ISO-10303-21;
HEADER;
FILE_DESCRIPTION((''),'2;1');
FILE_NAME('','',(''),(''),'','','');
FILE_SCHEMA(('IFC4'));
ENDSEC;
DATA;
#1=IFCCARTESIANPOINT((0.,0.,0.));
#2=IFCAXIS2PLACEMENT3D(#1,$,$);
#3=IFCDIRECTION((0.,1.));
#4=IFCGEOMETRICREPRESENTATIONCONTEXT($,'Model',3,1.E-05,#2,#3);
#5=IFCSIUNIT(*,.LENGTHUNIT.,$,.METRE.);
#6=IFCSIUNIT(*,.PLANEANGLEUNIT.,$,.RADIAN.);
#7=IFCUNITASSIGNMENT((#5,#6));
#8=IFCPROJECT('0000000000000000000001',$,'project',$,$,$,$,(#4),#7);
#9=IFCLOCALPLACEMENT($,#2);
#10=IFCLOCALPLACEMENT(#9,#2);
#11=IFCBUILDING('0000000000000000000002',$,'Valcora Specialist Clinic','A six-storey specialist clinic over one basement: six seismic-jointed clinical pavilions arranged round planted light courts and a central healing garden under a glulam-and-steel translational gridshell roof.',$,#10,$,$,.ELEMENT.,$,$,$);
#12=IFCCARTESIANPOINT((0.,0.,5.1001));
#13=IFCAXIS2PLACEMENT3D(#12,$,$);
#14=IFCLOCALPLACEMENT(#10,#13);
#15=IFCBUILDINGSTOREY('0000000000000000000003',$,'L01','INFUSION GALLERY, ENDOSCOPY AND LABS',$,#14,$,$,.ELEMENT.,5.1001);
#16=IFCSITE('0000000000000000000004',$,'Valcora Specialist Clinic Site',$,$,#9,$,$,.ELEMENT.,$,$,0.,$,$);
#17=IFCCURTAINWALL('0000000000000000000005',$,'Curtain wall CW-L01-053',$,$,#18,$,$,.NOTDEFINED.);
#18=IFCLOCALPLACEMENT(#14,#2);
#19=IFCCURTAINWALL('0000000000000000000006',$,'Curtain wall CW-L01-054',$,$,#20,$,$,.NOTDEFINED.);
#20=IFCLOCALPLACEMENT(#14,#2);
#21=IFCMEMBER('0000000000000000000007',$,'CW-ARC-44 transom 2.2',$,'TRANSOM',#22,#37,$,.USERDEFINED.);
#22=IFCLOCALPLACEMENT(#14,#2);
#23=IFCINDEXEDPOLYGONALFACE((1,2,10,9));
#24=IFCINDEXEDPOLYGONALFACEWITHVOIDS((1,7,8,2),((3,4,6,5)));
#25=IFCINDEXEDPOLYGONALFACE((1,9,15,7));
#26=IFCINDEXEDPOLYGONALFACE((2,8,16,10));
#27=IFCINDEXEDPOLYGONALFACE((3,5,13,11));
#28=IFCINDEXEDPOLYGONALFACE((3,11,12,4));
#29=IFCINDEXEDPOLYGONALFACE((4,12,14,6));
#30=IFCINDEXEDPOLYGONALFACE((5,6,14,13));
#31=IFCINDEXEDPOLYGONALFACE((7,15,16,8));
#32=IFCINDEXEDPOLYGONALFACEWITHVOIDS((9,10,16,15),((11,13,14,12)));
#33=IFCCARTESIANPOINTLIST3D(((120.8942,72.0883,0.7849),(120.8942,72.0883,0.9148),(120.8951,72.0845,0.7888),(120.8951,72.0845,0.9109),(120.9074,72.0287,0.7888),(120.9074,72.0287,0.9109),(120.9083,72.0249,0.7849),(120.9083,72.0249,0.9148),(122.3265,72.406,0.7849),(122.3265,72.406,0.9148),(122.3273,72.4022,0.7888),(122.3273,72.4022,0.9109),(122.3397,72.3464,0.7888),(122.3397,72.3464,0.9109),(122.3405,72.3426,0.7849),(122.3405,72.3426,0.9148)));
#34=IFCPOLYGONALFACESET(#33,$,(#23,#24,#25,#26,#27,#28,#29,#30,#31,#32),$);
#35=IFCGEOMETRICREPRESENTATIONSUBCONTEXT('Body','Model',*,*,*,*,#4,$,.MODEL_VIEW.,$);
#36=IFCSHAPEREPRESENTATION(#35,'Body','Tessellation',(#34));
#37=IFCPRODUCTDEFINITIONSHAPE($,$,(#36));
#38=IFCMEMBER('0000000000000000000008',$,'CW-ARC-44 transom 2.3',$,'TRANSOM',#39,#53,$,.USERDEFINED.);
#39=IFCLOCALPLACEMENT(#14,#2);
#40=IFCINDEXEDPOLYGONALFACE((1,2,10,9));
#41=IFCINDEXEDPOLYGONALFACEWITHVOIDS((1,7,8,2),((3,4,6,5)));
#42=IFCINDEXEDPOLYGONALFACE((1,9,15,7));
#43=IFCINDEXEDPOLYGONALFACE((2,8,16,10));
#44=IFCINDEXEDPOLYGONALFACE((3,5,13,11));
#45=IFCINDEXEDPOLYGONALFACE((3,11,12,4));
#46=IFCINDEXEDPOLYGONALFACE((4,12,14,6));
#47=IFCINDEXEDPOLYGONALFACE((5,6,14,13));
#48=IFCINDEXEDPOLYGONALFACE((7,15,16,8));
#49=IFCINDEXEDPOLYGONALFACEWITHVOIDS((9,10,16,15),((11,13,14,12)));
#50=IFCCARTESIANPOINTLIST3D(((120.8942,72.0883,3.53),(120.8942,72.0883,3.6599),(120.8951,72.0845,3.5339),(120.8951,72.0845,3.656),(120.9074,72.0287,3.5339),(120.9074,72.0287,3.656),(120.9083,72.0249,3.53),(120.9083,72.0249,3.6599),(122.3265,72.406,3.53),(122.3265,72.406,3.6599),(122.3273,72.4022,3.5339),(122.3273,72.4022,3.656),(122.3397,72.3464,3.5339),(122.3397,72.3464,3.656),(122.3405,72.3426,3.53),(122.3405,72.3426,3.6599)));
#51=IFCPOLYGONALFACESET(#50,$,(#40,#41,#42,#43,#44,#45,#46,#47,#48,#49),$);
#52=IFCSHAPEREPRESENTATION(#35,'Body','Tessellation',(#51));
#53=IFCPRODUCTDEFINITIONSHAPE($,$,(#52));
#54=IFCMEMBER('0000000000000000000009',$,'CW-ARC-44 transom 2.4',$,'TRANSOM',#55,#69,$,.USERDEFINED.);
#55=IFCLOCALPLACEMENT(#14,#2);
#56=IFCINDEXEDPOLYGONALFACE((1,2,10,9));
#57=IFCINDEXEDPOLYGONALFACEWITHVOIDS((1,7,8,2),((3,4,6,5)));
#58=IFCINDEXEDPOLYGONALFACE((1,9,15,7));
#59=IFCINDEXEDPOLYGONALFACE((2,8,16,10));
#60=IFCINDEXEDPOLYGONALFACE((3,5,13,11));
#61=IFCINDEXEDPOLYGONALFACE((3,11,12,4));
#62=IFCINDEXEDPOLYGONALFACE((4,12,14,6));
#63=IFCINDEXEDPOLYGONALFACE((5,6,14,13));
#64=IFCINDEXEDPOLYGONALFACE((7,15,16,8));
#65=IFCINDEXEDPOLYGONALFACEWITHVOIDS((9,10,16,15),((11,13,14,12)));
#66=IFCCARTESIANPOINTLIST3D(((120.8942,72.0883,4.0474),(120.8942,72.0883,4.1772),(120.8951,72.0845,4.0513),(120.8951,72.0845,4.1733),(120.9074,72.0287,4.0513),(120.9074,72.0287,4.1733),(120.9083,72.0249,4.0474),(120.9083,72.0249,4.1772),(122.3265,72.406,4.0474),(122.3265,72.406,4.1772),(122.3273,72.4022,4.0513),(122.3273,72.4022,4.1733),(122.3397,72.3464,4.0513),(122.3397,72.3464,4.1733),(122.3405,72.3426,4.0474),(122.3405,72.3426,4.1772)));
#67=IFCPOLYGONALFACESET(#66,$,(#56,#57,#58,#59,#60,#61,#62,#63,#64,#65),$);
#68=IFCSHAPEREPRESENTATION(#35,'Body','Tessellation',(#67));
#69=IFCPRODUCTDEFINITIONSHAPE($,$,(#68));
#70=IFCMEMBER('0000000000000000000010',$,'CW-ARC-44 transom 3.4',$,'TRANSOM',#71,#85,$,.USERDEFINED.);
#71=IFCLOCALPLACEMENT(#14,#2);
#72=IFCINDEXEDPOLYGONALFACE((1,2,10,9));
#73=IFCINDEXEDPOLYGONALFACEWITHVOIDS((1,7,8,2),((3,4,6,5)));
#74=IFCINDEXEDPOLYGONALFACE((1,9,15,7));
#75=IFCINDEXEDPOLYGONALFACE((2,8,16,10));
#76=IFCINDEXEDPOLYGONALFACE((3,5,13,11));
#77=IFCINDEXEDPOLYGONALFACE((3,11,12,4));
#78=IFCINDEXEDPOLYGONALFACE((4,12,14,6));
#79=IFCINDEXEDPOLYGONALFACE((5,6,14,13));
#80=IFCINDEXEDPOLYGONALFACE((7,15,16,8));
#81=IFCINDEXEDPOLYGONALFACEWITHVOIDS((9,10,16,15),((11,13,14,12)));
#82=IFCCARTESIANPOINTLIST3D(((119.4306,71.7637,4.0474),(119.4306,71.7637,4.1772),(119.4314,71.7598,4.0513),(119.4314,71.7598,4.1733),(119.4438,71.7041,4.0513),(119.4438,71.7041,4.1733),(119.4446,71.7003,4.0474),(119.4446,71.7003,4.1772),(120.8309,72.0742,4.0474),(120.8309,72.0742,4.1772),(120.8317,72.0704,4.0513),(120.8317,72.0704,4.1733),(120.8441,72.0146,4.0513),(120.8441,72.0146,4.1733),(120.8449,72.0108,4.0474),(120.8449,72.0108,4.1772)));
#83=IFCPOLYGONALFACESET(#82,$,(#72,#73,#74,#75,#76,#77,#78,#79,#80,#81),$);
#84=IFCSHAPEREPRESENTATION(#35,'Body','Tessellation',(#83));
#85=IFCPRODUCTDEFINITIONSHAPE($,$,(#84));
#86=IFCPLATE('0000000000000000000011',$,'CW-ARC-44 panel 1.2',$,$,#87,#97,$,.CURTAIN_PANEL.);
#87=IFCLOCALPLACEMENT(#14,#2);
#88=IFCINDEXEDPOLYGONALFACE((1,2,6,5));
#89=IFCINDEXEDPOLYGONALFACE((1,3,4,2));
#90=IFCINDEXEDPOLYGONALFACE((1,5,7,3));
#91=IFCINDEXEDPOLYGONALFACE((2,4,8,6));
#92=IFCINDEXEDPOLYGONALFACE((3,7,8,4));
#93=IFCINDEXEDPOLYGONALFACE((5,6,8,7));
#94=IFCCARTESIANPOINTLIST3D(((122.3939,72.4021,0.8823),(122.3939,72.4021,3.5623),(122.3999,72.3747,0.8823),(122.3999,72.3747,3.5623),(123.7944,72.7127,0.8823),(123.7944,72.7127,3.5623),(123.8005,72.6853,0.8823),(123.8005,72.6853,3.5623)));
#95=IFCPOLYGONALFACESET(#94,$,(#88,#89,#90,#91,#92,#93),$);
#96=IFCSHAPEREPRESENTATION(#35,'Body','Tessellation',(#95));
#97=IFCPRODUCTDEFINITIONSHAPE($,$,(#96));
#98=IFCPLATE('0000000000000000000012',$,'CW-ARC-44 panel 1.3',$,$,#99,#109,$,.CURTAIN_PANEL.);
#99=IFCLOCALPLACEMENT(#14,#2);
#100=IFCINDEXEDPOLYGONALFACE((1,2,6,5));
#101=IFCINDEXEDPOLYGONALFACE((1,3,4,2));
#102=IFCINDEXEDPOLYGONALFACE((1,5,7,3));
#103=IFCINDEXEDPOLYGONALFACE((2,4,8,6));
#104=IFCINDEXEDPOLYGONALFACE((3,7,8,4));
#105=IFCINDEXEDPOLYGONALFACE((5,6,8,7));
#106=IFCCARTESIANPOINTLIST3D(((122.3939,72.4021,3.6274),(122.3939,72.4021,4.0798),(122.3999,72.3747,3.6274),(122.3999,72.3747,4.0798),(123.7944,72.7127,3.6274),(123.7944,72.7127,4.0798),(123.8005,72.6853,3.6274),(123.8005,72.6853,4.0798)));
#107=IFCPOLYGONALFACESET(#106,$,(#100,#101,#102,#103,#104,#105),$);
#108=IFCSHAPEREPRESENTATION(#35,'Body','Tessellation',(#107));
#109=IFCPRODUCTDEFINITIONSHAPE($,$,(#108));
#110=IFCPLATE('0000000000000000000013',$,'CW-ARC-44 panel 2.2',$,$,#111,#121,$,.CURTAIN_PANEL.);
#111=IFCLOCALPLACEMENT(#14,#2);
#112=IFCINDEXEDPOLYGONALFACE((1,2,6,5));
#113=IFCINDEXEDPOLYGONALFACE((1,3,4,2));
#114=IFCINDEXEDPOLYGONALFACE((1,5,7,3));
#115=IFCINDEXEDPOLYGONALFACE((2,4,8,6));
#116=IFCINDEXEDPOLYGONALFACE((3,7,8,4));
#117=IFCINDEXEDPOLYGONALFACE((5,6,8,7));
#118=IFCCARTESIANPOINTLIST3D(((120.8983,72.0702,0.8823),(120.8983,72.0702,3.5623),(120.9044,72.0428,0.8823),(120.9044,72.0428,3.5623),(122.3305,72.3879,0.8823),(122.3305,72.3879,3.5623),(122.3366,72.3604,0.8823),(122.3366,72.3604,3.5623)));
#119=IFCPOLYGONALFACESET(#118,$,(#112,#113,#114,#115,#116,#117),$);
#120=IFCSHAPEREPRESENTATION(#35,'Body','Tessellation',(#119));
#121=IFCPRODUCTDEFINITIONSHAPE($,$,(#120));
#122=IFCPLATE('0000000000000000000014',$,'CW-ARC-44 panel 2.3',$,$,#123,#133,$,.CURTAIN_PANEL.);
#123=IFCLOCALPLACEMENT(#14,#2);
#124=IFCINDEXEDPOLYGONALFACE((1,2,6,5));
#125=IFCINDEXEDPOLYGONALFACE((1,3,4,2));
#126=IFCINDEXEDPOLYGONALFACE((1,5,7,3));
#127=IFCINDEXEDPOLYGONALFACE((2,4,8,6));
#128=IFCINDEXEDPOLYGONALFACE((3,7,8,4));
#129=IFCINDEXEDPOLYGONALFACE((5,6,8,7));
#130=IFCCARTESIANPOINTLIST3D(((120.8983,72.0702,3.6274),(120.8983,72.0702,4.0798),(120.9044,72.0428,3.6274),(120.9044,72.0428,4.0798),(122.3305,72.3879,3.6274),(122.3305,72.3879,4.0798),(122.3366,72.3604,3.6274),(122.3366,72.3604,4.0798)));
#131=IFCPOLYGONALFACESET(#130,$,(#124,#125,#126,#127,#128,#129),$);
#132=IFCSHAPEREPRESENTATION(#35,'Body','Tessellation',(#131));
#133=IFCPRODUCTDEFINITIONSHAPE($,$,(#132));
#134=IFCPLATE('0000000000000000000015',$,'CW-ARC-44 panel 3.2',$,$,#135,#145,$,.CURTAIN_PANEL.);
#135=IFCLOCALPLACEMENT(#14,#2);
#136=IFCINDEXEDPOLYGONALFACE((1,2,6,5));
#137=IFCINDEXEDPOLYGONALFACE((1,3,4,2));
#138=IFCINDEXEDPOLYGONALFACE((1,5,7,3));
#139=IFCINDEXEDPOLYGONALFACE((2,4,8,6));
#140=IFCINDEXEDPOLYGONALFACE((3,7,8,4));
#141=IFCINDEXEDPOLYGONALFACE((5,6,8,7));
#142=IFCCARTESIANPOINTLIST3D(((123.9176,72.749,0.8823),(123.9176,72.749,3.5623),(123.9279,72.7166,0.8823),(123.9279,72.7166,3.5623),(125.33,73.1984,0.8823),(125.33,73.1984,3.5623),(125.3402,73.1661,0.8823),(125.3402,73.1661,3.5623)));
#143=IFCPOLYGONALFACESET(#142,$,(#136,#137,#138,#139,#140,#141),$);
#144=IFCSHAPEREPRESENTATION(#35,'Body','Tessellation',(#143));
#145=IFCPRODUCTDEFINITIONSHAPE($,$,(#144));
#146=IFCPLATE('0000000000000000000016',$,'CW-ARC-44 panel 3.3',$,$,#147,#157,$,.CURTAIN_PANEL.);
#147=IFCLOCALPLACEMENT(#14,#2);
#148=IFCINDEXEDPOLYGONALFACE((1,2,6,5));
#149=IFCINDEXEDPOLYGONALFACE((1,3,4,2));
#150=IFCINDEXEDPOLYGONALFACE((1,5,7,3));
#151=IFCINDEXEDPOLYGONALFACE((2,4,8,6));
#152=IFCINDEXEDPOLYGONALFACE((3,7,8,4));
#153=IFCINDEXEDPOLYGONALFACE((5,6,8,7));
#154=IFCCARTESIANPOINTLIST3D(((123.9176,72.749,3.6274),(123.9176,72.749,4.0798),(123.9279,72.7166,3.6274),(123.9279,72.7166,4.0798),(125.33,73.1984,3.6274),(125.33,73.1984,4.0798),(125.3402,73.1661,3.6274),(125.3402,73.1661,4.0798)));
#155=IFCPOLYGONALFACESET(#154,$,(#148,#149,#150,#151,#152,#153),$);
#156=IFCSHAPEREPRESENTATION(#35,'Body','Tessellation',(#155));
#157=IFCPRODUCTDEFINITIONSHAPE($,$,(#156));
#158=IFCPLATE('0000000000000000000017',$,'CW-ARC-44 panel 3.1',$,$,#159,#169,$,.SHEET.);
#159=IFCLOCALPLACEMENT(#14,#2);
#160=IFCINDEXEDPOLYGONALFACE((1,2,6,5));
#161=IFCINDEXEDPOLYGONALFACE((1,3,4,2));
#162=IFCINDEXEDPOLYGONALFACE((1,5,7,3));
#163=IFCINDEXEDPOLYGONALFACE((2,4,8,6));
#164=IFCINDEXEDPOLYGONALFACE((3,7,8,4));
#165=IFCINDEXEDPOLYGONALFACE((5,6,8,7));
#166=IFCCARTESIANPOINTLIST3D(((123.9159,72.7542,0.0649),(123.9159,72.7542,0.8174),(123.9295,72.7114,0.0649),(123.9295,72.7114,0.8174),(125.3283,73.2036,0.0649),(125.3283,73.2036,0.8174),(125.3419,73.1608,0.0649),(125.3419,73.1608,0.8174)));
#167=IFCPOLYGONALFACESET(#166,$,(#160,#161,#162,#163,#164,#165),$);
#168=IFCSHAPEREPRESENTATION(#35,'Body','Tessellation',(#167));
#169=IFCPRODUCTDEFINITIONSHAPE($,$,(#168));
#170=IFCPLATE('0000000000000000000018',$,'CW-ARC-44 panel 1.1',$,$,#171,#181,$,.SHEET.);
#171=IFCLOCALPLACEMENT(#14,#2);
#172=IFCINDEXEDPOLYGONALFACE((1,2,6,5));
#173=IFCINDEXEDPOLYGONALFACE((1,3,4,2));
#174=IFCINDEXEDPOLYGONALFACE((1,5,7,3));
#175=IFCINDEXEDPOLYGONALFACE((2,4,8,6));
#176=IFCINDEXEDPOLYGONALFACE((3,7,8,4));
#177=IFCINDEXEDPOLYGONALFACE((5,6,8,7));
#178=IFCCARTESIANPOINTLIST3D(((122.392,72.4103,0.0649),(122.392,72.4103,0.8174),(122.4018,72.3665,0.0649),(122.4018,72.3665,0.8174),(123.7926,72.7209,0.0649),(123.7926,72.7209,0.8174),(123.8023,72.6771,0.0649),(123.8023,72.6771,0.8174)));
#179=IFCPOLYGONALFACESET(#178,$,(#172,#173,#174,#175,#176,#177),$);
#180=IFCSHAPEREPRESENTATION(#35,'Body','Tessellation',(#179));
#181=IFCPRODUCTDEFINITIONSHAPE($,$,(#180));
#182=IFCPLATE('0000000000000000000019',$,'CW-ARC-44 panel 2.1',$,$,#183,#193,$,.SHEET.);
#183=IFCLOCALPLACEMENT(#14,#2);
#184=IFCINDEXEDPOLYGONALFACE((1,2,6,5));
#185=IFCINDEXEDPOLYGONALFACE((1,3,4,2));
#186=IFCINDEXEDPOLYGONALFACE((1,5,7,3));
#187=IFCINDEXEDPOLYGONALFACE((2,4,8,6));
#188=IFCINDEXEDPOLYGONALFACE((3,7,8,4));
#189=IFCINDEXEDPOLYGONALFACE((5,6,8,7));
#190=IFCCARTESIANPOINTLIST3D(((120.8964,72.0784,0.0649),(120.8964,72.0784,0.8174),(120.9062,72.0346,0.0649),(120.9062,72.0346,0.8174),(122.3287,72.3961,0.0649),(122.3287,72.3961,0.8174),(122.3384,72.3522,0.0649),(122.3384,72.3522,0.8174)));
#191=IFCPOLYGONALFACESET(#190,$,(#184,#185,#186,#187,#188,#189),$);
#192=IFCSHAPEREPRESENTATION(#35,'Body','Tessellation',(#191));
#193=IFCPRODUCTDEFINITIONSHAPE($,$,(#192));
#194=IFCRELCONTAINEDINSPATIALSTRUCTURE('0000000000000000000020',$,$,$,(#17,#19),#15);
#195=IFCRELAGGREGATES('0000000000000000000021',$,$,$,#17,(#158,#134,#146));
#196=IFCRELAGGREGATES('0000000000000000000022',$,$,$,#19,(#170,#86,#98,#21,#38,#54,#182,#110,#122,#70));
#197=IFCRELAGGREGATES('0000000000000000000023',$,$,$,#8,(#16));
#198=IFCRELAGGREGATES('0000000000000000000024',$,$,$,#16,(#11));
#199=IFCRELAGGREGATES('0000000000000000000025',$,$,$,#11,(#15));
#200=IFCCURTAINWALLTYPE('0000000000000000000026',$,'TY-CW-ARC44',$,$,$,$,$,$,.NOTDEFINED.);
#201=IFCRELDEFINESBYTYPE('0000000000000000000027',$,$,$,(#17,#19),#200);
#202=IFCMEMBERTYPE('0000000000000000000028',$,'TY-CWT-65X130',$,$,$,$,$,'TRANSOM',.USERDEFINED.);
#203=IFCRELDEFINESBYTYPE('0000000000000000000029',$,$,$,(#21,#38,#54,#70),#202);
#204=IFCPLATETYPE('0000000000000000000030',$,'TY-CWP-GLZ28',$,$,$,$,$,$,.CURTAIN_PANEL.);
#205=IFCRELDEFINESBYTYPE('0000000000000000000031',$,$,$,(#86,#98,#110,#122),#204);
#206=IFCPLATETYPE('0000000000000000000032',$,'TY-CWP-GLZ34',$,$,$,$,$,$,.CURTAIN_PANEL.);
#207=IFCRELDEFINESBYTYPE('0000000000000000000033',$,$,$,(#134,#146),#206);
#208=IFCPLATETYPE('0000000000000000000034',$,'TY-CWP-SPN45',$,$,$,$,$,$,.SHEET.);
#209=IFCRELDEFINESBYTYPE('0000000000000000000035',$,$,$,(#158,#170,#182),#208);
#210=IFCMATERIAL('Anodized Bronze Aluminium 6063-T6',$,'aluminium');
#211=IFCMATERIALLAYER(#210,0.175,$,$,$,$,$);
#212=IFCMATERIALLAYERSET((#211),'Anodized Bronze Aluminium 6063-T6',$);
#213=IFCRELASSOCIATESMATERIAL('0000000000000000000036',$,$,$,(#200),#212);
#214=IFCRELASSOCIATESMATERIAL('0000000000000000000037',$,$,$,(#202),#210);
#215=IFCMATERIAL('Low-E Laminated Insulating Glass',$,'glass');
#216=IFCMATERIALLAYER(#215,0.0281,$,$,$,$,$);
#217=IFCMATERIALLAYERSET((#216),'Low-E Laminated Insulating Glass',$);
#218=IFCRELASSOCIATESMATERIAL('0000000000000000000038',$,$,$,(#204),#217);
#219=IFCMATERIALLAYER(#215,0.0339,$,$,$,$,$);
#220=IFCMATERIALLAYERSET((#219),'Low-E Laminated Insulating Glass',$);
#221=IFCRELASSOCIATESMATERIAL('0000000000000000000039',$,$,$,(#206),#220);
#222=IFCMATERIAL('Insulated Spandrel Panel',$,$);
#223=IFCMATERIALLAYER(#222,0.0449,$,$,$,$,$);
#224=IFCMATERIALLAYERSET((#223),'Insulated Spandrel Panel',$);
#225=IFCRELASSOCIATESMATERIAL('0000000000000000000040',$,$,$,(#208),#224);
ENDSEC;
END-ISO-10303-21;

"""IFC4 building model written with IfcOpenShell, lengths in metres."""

from ifc_helpers import new_model, si_unit, direction, frame, origin, origin_2d, place, context, subcontext, project, spatial, rectangle, hollow_rectangle, extrude, material, layer, layer_set, material_profile, profile_set, type_object, element, aggregate, save


model = new_model("IFC4")

# Units and contexts
model_context = context("Model", 3, precision=1e-05, world=origin(), true_north=direction((0.0, 1.0)))
body_context = subcontext(model_context, "Body", "Model", "MODEL_VIEW")
ifc_project = project(units=[si_unit("LENGTHUNIT", "METRE"), si_unit("PLANEANGLEUNIT", "RADIAN")], contexts=[model_context])

# Site, building, storey
site_placement = place(None, origin())
site = spatial("IfcSite", under=ifc_project, at=site_placement, Name="Valcora Specialist Clinic Site", CompositionType="ELEMENT", RefElevation=0.0)
building_placement = place(site_placement, origin())
building = spatial("IfcBuilding", under=site, at=building_placement, Name="Valcora Specialist Clinic", Description="A six-storey specialist clinic over one basement: six seismic-jointed clinical pavilions arranged round planted light courts and a central healing garden under a glulam-and-steel translational gridshell roof.", CompositionType="ELEMENT")
storey_placement = place(building_placement, frame((0.0, 0.0, 5.1001)))
storey = spatial("IfcBuildingStorey", under=building, at=storey_placement, Name="L01", Description="INFUSION GALLERY, ENDOSCOPY AND LABS", CompositionType="ELEMENT", Elevation=5.1001)

# Curtain wall
ifc_material_1 = material(Name="Anodized Bronze Aluminium 6063-T6", Category="aluminium")
ifc_layer_1 = layer(ifc_material_1, 0.175)
ifc_layer_set_1 = layer_set([ifc_layer_1], Name="Anodized Bronze Aluminium 6063-T6")
curtain_wall_type = type_object("IfcCurtainWallType", Name="TY-CW-ARC44", PredefinedType="NOTDEFINED", material=ifc_layer_set_1)
curtain_wall_1_placement = place(storey_placement, origin())
curtain_wall_1 = element("IfcCurtainWall", 1, at=curtain_wall_1_placement, inside=storey, type_object=curtain_wall_type, Name="Curtain wall CW-L01-053", PredefinedType="NOTDEFINED")

# Curtain wall
curtain_wall_2_placement = place(storey_placement, origin())
curtain_wall_2 = element("IfcCurtainWall", 2, at=curtain_wall_2_placement, inside=storey, type_object=curtain_wall_type, Name="Curtain wall CW-L01-054", PredefinedType="NOTDEFINED")

# Members
ifc_material_profile_1 = material_profile(ifc_material_1, hollow_rectangle(XDim=0.0649, YDim=0.1299, WallThickness=0.0039, at=origin_2d()), Name="AL-TRN-65X130")
ifc_profile_set_1 = profile_set([ifc_material_profile_1], Name="Anodized Bronze Aluminium 6063-T6")
member_type_1 = type_object("IfcMemberType", Name="TY-CWT-65X130", ElementType="TRANSOM", PredefinedType="USERDEFINED", material=ifc_profile_set_1)
member_1_placement = place(storey_placement, frame((122.3335, 72.3743, 0.8499), z_axis=(-0.976277, -0.216525, 0.0), x_axis=(0.216525, -0.976277, 0.0)))
member_1 = element("IfcMember", 3, at=member_1_placement, type_object=member_type_1, Name="CW-ARC-44 transom 2.2", ObjectType="TRANSOM", PredefinedType="USERDEFINED", context=body_context, shape_type="SweptSolid", body=[
    extrude(hollow_rectangle(XDim=0.0649, YDim=0.1299, WallThickness=0.0039, at=origin_2d()), origin(), (0.0, 0.0, 1.0), 1.467),
])
member_2_placement = place(storey_placement, frame((122.3335, 72.3743, 3.595), z_axis=(-0.976277, -0.216525, 0.0), x_axis=(0.216525, -0.976277, 0.0)))
member_2 = element("IfcMember", 4, at=member_2_placement, type_object=member_type_1, Name="CW-ARC-44 transom 2.3", ObjectType="TRANSOM", PredefinedType="USERDEFINED", context=body_context, shape_type="SweptSolid", body=[
    extrude(hollow_rectangle(XDim=0.0649, YDim=0.1299, WallThickness=0.0039, at=origin_2d()), origin(), (0.0, 0.0, 1.0), 1.467),
])
member_3_placement = place(storey_placement, frame((122.3335, 72.3743, 4.1123), z_axis=(-0.976277, -0.216525, 0.0), x_axis=(0.216525, -0.976277, 0.0)))
member_3 = element("IfcMember", 5, at=member_3_placement, type_object=member_type_1, Name="CW-ARC-44 transom 2.4", ObjectType="TRANSOM", PredefinedType="USERDEFINED", context=body_context, shape_type="SweptSolid", body=[
    extrude(hollow_rectangle(XDim=0.0649, YDim=0.1299, WallThickness=0.0039, at=origin_2d()), origin(), (0.0, 0.0, 1.0), 1.467),
])
member_4_placement = place(storey_placement, frame((120.8379, 72.0425, 4.1123), z_axis=(-0.976283, -0.216498, 0.0), x_axis=(0.216498, -0.976283, 0.0)))
member_4 = element("IfcMember", 6, at=member_4_placement, type_object=member_type_1, Name="CW-ARC-44 transom 3.4", ObjectType="TRANSOM", PredefinedType="USERDEFINED", context=body_context, shape_type="SweptSolid", body=[
    extrude(hollow_rectangle(XDim=0.0649, YDim=0.1299, WallThickness=0.0039, at=origin_2d()), origin(), (0.0, 0.0, 1.0), 1.4343),
])

# Plates
ifc_material_2 = material(Name="Low-E Laminated Insulating Glass", Category="glass")
ifc_layer_2 = layer(ifc_material_2, 0.0281)
ifc_layer_set_2 = layer_set([ifc_layer_2], Name="Low-E Laminated Insulating Glass")
plate_type_1 = type_object("IfcPlateType", Name="TY-CWP-GLZ28", PredefinedType="CURTAIN_PANEL", material=ifc_layer_set_2)
plate_1_placement = place(storey_placement, frame((123.0972, 72.5437, 0.8823), z_axis=(0.0, 0.0, 1.0), x_axis=(-0.976279, -0.216518, 0.0)))
plate_1 = element("IfcPlate", 7, at=plate_1_placement, type_object=plate_type_1, Name="CW-ARC-44 panel 1.2", PredefinedType="CURTAIN_PANEL", context=body_context, shape_type="SweptSolid", body=[
    extrude(rectangle(XDim=1.4346, YDim=0.0281, at=origin_2d()), origin(), (0.0, 0.0, 1.0), 2.6799),
])
plate_2_placement = place(storey_placement, frame((123.0972, 72.5437, 3.6274), z_axis=(0.0, 0.0, 1.0), x_axis=(-0.976279, -0.216518, 0.0)))
plate_2 = element("IfcPlate", 8, at=plate_2_placement, type_object=plate_type_1, Name="CW-ARC-44 panel 1.3", PredefinedType="CURTAIN_PANEL", context=body_context, shape_type="SweptSolid", body=[
    extrude(rectangle(XDim=1.4346, YDim=0.0281, at=origin_2d()), origin(), (0.0, 0.0, 1.0), 0.4524),
])
plate_3_placement = place(storey_placement, frame((121.6174, 72.2153, 0.8823), z_axis=(0.0, 0.0, 1.0), x_axis=(-0.976279, -0.216518, 0.0)))
plate_3 = element("IfcPlate", 9, at=plate_3_placement, type_object=plate_type_1, Name="CW-ARC-44 panel 2.2", PredefinedType="CURTAIN_PANEL", context=body_context, shape_type="SweptSolid", body=[
    extrude(rectangle(XDim=1.467, YDim=0.0281, at=origin_2d()), origin(), (0.0, 0.0, 1.0), 2.6799),
])
plate_4_placement = place(storey_placement, frame((121.6174, 72.2153, 3.6274), z_axis=(0.0, 0.0, 1.0), x_axis=(-0.976279, -0.216518, 0.0)))
plate_4 = element("IfcPlate", 10, at=plate_4_placement, type_object=plate_type_1, Name="CW-ARC-44 panel 2.3", PredefinedType="CURTAIN_PANEL", context=body_context, shape_type="SweptSolid", body=[
    extrude(rectangle(XDim=1.467, YDim=0.0281, at=origin_2d()), origin(), (0.0, 0.0, 1.0), 0.4524),
])
ifc_layer_3 = layer(ifc_material_2, 0.0339)
ifc_layer_set_3 = layer_set([ifc_layer_3], Name="Low-E Laminated Insulating Glass")
plate_type_2 = type_object("IfcPlateType", Name="TY-CWP-GLZ34", PredefinedType="CURTAIN_PANEL", material=ifc_layer_set_3)
plate_5_placement = place(storey_placement, frame((124.6289, 72.9575, 0.8823), z_axis=(0.0, 0.0, 1.0), x_axis=(-0.952916, -0.303233, 0.0)))
plate_5 = element("IfcPlate", 11, at=plate_5_placement, type_object=plate_type_2, Name="CW-ARC-44 panel 3.2", PredefinedType="CURTAIN_PANEL", context=body_context, shape_type="SweptSolid", body=[
    extrude(rectangle(XDim=1.4822, YDim=0.0339, at=origin_2d()), origin(), (0.0, 0.0, 1.0), 2.6799),
])
plate_6_placement = place(storey_placement, frame((124.6289, 72.9575, 3.6274), z_axis=(0.0, 0.0, 1.0), x_axis=(-0.952916, -0.303233, 0.0)))
plate_6 = element("IfcPlate", 12, at=plate_6_placement, type_object=plate_type_2, Name="CW-ARC-44 panel 3.3", PredefinedType="CURTAIN_PANEL", context=body_context, shape_type="SweptSolid", body=[
    extrude(rectangle(XDim=1.4822, YDim=0.0339, at=origin_2d()), origin(), (0.0, 0.0, 1.0), 0.4524),
])
ifc_material_3 = material(Name="Insulated Spandrel Panel")
ifc_layer_4 = layer(ifc_material_3, 0.0449)
ifc_layer_set_4 = layer_set([ifc_layer_4], Name="Insulated Spandrel Panel")
plate_type_3 = type_object("IfcPlateType", Name="TY-CWP-SPN45", PredefinedType="SHEET", material=ifc_layer_set_4)
plate_7_placement = place(storey_placement, frame((124.6289, 72.9575, 0.0649), z_axis=(0.0, 0.0, 1.0), x_axis=(-0.952916, -0.303233, 0.0)))
plate_7 = element("IfcPlate", 13, at=plate_7_placement, type_object=plate_type_3, Name="CW-ARC-44 panel 3.1", PredefinedType="SHEET", context=body_context, shape_type="SweptSolid", body=[
    extrude(rectangle(XDim=1.4822, YDim=0.0449, at=origin_2d()), origin(), (0.0, 0.0, 1.0), 0.7524),
])
aggregate(curtain_wall_1, [plate_7, plate_5, plate_6])
plate_8_placement = place(storey_placement, frame((123.0972, 72.5437, 0.0649), z_axis=(0.0, 0.0, 1.0), x_axis=(-0.976279, -0.216518, 0.0)))
plate_8 = element("IfcPlate", 14, at=plate_8_placement, type_object=plate_type_3, Name="CW-ARC-44 panel 1.1", PredefinedType="SHEET", context=body_context, shape_type="SweptSolid", body=[
    extrude(rectangle(XDim=1.4346, YDim=0.0449, at=origin_2d()), origin(), (0.0, 0.0, 1.0), 0.7524),
])
plate_9_placement = place(storey_placement, frame((121.6174, 72.2153, 0.0649), z_axis=(0.0, 0.0, 1.0), x_axis=(-0.976279, -0.216518, 0.0)))
plate_9 = element("IfcPlate", 15, at=plate_9_placement, type_object=plate_type_3, Name="CW-ARC-44 panel 2.1", PredefinedType="SHEET", context=body_context, shape_type="SweptSolid", body=[
    extrude(rectangle(XDim=1.467, YDim=0.0449, at=origin_2d()), origin(), (0.0, 0.0, 1.0), 0.7524),
])
aggregate(curtain_wall_2, [plate_8, plate_1, plate_2, member_1, member_2, member_3, plate_9, plate_3, plate_4, member_4])

save(model, "model.ifc")
